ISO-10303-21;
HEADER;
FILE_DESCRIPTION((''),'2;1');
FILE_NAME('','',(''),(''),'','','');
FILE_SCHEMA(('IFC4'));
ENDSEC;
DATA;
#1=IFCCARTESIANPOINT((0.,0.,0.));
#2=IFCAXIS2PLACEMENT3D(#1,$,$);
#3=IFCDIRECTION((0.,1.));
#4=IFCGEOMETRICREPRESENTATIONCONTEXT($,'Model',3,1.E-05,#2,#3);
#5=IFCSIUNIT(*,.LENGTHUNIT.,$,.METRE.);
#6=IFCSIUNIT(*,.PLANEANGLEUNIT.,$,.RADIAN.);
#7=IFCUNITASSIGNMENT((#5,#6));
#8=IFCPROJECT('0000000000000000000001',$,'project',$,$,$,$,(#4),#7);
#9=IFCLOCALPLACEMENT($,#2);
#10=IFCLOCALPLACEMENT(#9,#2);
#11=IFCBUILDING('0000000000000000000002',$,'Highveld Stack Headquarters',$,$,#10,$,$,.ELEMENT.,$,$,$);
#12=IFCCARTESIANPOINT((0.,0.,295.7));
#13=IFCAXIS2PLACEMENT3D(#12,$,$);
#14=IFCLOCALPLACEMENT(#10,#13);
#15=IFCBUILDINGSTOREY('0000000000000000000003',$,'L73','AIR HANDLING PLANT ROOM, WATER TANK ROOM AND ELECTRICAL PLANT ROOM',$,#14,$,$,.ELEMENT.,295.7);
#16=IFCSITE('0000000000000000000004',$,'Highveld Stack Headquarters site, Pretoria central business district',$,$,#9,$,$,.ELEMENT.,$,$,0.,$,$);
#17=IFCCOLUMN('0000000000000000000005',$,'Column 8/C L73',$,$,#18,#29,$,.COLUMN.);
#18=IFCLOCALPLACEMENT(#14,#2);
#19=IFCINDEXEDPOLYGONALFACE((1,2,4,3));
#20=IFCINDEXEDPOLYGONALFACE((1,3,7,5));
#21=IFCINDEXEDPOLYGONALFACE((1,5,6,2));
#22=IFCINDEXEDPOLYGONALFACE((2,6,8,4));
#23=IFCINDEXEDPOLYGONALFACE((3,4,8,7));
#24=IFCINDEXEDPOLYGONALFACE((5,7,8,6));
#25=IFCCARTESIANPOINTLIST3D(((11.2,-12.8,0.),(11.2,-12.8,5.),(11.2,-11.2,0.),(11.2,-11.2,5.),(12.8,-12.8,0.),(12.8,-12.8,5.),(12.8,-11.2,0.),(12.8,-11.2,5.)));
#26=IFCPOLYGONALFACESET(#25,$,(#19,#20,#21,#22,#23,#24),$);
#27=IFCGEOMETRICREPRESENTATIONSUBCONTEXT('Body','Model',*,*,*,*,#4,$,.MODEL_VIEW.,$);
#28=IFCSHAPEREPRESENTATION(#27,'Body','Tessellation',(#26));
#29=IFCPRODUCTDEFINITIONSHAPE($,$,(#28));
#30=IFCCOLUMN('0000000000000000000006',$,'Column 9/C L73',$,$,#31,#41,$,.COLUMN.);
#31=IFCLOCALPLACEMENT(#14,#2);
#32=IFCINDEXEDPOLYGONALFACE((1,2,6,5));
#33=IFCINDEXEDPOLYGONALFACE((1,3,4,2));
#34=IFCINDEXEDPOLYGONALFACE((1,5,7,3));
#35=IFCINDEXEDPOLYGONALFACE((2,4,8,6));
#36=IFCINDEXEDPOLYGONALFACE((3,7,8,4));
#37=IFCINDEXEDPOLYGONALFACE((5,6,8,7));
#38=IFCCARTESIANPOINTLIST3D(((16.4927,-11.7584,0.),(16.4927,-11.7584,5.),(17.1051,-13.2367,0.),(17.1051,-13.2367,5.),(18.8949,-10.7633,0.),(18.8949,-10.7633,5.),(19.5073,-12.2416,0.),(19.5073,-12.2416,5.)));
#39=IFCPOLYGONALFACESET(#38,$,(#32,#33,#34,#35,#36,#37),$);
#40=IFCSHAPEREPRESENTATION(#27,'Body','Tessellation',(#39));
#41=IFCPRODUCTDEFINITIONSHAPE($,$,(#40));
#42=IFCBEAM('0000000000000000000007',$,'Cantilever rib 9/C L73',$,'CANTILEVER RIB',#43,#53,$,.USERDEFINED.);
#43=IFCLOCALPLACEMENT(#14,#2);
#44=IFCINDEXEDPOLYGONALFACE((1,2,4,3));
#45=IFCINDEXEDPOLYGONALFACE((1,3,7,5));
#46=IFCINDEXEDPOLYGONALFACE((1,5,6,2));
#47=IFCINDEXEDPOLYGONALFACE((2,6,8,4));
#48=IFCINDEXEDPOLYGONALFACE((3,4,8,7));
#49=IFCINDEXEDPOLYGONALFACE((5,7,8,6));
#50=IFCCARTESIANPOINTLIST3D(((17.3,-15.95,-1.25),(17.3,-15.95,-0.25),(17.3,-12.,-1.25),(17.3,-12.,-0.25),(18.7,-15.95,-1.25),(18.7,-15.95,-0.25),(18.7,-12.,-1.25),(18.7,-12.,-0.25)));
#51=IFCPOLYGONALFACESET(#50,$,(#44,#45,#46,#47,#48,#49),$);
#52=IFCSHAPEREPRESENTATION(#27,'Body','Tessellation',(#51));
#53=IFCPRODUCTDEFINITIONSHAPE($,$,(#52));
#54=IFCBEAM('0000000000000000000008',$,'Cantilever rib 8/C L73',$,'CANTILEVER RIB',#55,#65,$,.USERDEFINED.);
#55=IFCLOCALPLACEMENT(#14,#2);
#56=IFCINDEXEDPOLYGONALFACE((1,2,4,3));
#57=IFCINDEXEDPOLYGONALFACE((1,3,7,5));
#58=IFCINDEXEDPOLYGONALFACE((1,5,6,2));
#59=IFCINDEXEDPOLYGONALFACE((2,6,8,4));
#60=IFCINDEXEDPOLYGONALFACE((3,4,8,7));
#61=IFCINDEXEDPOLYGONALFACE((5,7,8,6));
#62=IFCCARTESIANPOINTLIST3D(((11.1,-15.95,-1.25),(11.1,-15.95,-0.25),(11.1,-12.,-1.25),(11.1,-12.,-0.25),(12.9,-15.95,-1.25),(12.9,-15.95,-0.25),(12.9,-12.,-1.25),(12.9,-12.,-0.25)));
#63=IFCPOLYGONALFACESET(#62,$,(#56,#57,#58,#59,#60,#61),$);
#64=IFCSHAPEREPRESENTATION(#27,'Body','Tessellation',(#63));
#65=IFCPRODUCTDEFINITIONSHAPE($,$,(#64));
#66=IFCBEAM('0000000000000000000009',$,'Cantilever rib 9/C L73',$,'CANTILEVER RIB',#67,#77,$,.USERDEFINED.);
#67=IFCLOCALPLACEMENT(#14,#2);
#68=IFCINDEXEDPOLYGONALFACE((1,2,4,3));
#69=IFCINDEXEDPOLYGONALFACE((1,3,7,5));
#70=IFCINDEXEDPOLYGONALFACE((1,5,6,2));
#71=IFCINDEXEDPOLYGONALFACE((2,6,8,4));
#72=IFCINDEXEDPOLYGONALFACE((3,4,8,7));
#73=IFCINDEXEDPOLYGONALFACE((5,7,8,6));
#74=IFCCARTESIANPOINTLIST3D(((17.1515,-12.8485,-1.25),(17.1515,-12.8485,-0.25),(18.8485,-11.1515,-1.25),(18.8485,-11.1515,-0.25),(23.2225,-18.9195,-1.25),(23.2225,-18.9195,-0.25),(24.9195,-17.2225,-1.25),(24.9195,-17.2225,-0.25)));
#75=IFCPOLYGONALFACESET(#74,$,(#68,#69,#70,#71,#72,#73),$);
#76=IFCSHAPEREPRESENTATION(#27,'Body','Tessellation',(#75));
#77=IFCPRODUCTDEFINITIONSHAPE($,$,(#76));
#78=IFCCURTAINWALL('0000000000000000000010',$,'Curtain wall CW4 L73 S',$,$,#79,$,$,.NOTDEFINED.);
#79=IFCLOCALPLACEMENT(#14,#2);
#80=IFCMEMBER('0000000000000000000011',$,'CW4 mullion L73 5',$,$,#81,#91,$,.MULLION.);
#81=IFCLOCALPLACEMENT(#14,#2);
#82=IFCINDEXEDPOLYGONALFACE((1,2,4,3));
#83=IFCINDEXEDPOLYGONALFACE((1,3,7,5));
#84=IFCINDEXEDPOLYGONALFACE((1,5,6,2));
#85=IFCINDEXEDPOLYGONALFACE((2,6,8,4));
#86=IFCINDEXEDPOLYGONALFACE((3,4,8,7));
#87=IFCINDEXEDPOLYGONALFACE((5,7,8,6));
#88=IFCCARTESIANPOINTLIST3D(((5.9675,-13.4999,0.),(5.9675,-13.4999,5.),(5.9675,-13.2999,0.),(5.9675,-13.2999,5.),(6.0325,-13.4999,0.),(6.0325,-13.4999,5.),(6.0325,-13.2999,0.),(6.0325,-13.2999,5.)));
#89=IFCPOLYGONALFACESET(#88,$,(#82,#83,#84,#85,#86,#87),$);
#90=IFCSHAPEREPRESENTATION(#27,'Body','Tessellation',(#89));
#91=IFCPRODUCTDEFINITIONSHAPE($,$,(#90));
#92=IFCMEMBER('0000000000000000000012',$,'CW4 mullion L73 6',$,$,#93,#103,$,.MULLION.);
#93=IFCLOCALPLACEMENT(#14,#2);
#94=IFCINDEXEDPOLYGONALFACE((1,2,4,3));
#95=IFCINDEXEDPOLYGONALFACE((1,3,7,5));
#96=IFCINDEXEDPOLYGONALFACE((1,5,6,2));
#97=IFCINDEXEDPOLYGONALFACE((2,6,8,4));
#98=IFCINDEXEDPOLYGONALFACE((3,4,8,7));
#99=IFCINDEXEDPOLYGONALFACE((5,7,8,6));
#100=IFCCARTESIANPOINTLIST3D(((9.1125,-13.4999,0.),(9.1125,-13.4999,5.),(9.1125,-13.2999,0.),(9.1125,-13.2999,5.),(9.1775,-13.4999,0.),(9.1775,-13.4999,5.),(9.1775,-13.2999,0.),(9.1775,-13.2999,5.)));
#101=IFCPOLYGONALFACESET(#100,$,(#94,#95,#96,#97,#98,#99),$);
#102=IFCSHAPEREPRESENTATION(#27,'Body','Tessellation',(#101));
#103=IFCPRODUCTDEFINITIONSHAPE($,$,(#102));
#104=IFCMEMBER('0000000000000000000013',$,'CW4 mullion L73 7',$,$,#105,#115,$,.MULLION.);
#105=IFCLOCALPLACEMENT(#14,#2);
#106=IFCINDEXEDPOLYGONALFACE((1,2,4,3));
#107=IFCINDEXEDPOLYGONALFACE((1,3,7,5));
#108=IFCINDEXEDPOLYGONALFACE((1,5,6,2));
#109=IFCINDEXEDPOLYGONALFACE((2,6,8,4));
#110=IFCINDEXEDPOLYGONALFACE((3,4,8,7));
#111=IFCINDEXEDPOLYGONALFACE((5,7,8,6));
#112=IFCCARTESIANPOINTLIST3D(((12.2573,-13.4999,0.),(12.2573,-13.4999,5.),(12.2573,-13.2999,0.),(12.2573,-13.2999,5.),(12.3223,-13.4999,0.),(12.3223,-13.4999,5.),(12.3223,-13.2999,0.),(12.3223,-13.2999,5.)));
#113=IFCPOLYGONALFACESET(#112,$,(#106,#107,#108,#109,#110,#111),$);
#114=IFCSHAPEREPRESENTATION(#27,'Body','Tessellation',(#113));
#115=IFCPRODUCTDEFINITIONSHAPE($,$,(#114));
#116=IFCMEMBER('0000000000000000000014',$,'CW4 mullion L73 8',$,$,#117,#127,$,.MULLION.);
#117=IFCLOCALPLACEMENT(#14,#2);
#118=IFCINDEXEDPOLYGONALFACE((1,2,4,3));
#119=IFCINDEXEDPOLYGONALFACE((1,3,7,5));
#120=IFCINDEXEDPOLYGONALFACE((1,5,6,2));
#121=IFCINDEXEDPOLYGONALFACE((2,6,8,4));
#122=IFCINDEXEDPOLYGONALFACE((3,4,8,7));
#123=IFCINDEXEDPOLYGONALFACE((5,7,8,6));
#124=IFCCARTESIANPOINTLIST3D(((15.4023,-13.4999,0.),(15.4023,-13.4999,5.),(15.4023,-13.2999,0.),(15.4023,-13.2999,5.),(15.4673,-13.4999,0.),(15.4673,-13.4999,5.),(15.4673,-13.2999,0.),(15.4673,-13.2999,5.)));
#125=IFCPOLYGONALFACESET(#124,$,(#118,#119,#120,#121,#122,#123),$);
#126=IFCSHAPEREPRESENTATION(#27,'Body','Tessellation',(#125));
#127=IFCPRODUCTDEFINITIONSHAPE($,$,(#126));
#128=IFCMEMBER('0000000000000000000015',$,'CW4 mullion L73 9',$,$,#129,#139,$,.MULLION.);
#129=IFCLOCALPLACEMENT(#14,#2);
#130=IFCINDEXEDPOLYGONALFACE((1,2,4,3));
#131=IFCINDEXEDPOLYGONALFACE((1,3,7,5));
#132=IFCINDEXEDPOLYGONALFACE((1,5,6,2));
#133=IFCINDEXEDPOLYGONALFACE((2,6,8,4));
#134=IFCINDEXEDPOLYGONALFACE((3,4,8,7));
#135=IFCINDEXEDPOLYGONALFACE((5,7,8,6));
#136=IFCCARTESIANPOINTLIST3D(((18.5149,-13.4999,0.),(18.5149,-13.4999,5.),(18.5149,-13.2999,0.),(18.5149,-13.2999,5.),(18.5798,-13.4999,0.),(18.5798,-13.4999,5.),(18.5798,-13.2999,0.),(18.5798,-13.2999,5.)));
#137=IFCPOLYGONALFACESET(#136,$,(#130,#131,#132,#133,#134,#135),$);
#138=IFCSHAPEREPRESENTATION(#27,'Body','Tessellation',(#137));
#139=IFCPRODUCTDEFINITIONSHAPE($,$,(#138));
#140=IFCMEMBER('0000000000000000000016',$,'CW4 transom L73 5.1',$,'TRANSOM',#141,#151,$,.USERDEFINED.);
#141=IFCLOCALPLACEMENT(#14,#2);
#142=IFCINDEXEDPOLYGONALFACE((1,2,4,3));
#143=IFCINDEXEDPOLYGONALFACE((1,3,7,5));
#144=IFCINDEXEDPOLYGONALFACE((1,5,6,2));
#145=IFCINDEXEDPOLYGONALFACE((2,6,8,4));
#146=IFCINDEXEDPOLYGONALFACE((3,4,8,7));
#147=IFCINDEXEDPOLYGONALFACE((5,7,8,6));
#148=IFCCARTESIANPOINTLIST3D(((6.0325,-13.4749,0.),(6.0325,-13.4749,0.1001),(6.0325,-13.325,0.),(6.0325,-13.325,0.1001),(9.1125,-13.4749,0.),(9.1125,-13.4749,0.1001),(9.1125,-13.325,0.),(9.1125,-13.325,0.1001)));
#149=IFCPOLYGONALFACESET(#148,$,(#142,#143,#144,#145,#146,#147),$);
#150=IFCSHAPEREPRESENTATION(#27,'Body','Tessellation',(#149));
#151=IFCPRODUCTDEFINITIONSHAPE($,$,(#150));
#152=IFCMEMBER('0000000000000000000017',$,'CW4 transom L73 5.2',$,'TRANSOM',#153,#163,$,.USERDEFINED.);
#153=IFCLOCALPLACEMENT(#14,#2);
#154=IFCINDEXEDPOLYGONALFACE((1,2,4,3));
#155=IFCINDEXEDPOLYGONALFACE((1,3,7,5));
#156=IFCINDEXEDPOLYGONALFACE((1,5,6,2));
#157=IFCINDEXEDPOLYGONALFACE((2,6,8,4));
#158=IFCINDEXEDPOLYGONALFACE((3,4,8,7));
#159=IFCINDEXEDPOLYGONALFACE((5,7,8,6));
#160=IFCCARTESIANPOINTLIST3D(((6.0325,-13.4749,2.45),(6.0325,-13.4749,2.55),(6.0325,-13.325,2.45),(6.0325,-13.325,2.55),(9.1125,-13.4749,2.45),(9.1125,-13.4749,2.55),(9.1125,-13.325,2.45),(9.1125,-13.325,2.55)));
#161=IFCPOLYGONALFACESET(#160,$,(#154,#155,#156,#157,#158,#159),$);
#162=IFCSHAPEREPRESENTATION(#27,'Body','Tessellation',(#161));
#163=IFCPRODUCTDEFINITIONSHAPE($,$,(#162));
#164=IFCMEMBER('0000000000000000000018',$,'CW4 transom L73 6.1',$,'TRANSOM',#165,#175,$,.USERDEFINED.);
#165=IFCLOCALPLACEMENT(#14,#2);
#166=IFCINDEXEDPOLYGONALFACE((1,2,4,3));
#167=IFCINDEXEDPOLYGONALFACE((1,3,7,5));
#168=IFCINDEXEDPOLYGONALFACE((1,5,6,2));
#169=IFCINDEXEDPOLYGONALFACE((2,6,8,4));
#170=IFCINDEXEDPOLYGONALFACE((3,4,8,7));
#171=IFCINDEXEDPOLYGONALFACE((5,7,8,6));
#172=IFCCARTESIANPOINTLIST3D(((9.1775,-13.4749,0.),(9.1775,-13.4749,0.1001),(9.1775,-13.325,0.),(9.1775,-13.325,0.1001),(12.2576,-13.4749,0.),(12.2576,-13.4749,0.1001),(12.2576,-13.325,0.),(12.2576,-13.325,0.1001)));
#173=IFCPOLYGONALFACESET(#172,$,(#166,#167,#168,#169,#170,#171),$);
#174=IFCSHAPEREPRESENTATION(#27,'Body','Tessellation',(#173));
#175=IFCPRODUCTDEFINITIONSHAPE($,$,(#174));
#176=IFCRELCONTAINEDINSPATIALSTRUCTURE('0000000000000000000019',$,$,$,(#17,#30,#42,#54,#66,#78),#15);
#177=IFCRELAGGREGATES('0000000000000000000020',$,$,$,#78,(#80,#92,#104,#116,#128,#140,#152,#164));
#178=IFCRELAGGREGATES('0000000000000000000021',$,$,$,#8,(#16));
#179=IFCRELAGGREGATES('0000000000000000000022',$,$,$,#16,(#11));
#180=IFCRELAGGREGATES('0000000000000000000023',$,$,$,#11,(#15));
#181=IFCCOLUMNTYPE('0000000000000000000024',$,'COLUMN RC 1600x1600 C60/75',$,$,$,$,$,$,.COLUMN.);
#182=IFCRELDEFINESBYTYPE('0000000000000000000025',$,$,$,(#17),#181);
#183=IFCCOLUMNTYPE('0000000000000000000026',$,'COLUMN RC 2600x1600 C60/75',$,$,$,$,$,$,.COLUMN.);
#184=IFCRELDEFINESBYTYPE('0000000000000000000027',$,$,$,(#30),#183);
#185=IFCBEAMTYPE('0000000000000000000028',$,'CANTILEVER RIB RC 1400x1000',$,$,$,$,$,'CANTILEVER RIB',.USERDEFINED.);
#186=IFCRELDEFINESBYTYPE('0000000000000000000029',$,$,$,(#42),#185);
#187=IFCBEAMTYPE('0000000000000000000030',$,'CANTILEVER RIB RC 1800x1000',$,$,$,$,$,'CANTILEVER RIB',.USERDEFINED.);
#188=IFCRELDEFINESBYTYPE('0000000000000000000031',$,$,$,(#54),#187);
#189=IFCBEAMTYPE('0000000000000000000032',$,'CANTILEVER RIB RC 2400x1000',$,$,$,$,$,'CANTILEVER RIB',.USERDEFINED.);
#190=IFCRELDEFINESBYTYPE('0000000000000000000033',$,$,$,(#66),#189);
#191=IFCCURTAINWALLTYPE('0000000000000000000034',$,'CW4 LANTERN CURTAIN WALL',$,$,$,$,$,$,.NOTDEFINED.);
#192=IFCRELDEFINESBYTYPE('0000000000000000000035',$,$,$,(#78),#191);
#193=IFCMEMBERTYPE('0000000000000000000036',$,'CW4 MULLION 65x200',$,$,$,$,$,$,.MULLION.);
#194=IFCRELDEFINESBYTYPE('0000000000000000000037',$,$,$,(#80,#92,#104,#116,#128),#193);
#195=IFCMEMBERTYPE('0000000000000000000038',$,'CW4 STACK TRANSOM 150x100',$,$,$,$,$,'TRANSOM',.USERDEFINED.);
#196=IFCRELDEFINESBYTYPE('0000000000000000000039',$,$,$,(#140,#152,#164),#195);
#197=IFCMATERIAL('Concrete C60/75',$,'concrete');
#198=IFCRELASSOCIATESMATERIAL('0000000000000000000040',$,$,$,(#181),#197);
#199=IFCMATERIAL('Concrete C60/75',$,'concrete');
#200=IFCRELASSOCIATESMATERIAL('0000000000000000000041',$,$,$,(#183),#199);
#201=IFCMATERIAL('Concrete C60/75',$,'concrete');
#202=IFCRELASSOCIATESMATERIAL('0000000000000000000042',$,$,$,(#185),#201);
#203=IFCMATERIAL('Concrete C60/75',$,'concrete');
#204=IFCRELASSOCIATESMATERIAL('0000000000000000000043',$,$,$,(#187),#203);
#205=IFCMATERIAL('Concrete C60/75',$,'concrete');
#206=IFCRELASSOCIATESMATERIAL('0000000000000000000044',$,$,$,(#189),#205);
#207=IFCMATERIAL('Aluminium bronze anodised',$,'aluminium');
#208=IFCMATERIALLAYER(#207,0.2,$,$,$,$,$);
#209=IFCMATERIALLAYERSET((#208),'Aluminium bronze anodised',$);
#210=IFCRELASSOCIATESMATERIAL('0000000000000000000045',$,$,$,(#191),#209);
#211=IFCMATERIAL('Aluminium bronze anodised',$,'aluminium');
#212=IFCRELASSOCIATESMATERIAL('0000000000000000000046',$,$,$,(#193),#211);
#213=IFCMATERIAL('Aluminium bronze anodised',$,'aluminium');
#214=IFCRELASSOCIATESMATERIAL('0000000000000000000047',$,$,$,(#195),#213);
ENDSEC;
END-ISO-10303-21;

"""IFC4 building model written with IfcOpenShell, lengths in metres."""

from ifc_helpers import new_model, si_unit, direction, frame, origin, origin_2d, place, context, subcontext, project, spatial, rectangle, extrude, material, layer, layer_set, material_profile, profile_set, type_object, element, aggregate, save


model = new_model("IFC4")

# Units and contexts
model_context = context("Model", 3, precision=1e-05, world=origin(), true_north=direction((0.0, 1.0)))
body_context = subcontext(model_context, "Body", "Model", "MODEL_VIEW")
ifc_project = project(units=[si_unit("LENGTHUNIT", "METRE"), si_unit("PLANEANGLEUNIT", "RADIAN")], contexts=[model_context])

# Site, building, storey
site_placement = place(None, origin())
site = spatial("IfcSite", under=ifc_project, at=site_placement, Name="Highveld Stack Headquarters site, Pretoria central business district", CompositionType="ELEMENT", RefElevation=0.0)
building_placement = place(site_placement, origin())
building = spatial("IfcBuilding", under=site, at=building_placement, Name="Highveld Stack Headquarters", CompositionType="ELEMENT")
storey_placement = place(building_placement, frame((0.0, 0.0, 295.7)))
storey = spatial("IfcBuildingStorey", under=building, at=storey_placement, Name="L73", Description="AIR HANDLING PLANT ROOM, WATER TANK ROOM AND ELECTRICAL PLANT ROOM", CompositionType="ELEMENT", Elevation=295.7)

# Columns
ifc_material_1 = material(Name="Concrete C60/75", Category="concrete")
ifc_material_profile_1 = material_profile(ifc_material_1, rectangle(XDim=1.6001, YDim=1.6001, at=origin_2d()), Name="RC 1600x1600")
ifc_profile_set_1 = profile_set([ifc_material_profile_1], Name="Concrete C60/75")
column_type_1 = type_object("IfcColumnType", Name="COLUMN RC 1600x1600 C60/75", PredefinedType="COLUMN", material=ifc_profile_set_1)
column_1_placement = place(storey_placement, frame((12.0, -12.0, 0.0), z_axis=(0.0, 0.0, 1.0), x_axis=(1.0, 0.0, 0.0)))
element("IfcColumn", 1, at=column_1_placement, inside=storey, type_object=column_type_1, Name="Column 8/C L73", PredefinedType="COLUMN", context=body_context, shape_type="SweptSolid", body=[
    extrude(rectangle(XDim=1.6001, YDim=1.6001, at=origin_2d()), origin(), (0.0, 0.0, 1.0), 5.0),
])
ifc_material_2 = material(Name="Concrete C60/75", Category="concrete")
ifc_material_profile_2 = material_profile(ifc_material_2, rectangle(XDim=2.6001, YDim=1.6001, at=origin_2d()), Name="RC 2600x1600")
ifc_profile_set_2 = profile_set([ifc_material_profile_2], Name="Concrete C60/75")
column_type_2 = type_object("IfcColumnType", Name="COLUMN RC 2600x1600 C60/75", PredefinedType="COLUMN", material=ifc_profile_set_2)
column_2_placement = place(storey_placement, frame((18.0, -12.0, 0.0), z_axis=(0.0, 0.0, 1.0), x_axis=(-0.92388, -0.382683, 0.0)))
element("IfcColumn", 2, at=column_2_placement, inside=storey, type_object=column_type_2, Name="Column 9/C L73", PredefinedType="COLUMN", context=body_context, shape_type="SweptSolid", body=[
    extrude(rectangle(XDim=2.6001, YDim=1.6001, at=origin_2d()), origin(), (0.0, 0.0, 1.0), 5.0),
])

# Beams
ifc_material_3 = material(Name="Concrete C60/75", Category="concrete")
ifc_material_profile_3 = material_profile(ifc_material_3, rectangle(XDim=1.3999, YDim=1.0, at=origin_2d()), Name="RC 1400x1000")
ifc_profile_set_3 = profile_set([ifc_material_profile_3], Name="Concrete C60/75")
beam_type_1 = type_object("IfcBeamType", Name="CANTILEVER RIB RC 1400x1000", ElementType="CANTILEVER RIB", PredefinedType="USERDEFINED", material=ifc_profile_set_3)
beam_1_placement = place(storey_placement, frame((18.0, -12.0, -0.75), z_axis=(0.0, -1.0, 0.0), x_axis=(1.0, 0.0, 0.0)))
element("IfcBeam", 3, at=beam_1_placement, inside=storey, type_object=beam_type_1, Name="Cantilever rib 9/C L73", ObjectType="CANTILEVER RIB", PredefinedType="USERDEFINED", context=body_context, shape_type="SweptSolid", body=[
    extrude(rectangle(XDim=1.3999, YDim=1.0, at=origin_2d()), origin(), (0.0, 0.0, 1.0), 3.95),
])
ifc_material_4 = material(Name="Concrete C60/75", Category="concrete")
ifc_material_profile_4 = material_profile(ifc_material_4, rectangle(XDim=1.8, YDim=1.0, at=origin_2d()), Name="RC 1800x1000")
ifc_profile_set_4 = profile_set([ifc_material_profile_4], Name="Concrete C60/75")
beam_type_2 = type_object("IfcBeamType", Name="CANTILEVER RIB RC 1800x1000", ElementType="CANTILEVER RIB", PredefinedType="USERDEFINED", material=ifc_profile_set_4)
beam_2_placement = place(storey_placement, frame((12.0, -12.0, -0.75), z_axis=(0.0, -1.0, 0.0), x_axis=(1.0, 0.0, 0.0)))
element("IfcBeam", 4, at=beam_2_placement, inside=storey, type_object=beam_type_2, Name="Cantilever rib 8/C L73", ObjectType="CANTILEVER RIB", PredefinedType="USERDEFINED", context=body_context, shape_type="SweptSolid", body=[
    extrude(rectangle(XDim=1.8, YDim=1.0, at=origin_2d()), origin(), (0.0, 0.0, 1.0), 3.95),
])
ifc_material_5 = material(Name="Concrete C60/75", Category="concrete")
ifc_material_profile_5 = material_profile(ifc_material_5, rectangle(XDim=2.3999, YDim=1.0, at=origin_2d()), Name="RC 2400x1000")
ifc_profile_set_5 = profile_set([ifc_material_profile_5], Name="Concrete C60/75")
beam_type_3 = type_object("IfcBeamType", Name="CANTILEVER RIB RC 2400x1000", ElementType="CANTILEVER RIB", PredefinedType="USERDEFINED", material=ifc_profile_set_5)
beam_3_placement = place(storey_placement, frame((18.0, -12.0, -0.75), z_axis=(0.707107, -0.707107, 0.0), x_axis=(0.707107, 0.707107, 0.0)))
element("IfcBeam", 5, at=beam_3_placement, inside=storey, type_object=beam_type_3, Name="Cantilever rib 9/C L73", ObjectType="CANTILEVER RIB", PredefinedType="USERDEFINED", context=body_context, shape_type="SweptSolid", body=[
    extrude(rectangle(XDim=2.3999, YDim=1.0, at=origin_2d()), origin(), (0.0, 0.0, 1.0), 8.5857),
])

# Curtain wall, members
ifc_material_6 = material(Name="Aluminium bronze anodised", Category="aluminium")
ifc_layer_1 = layer(ifc_material_6, 0.2)
ifc_layer_set_1 = layer_set([ifc_layer_1], Name="Aluminium bronze anodised")
curtain_wall_type = type_object("IfcCurtainWallType", Name="CW4 LANTERN CURTAIN WALL", PredefinedType="NOTDEFINED", material=ifc_layer_set_1)
curtain_wall_1_placement = place(storey_placement, origin())
curtain_wall_1 = element("IfcCurtainWall", 6, at=curtain_wall_1_placement, inside=storey, type_object=curtain_wall_type, Name="Curtain wall CW4 L73 S", PredefinedType="NOTDEFINED")
ifc_material_7 = material(Name="Aluminium bronze anodised", Category="aluminium")
ifc_material_profile_6 = material_profile(ifc_material_7, rectangle(XDim=0.2, YDim=0.0649, at=origin_2d()), Name="CW4 MULLION 65x200")
ifc_profile_set_6 = profile_set([ifc_material_profile_6], Name="Aluminium bronze anodised")
member_type_1 = type_object("IfcMemberType", Name="CW4 MULLION 65x200", PredefinedType="MULLION", material=ifc_profile_set_6)
member_1_placement = place(storey_placement, frame((6.0, -13.3999, 0.0), z_axis=(0.0, 0.0, 1.0), x_axis=(0.0, 1.0, 0.0)))
member_1 = element("IfcMember", 7, at=member_1_placement, type_object=member_type_1, Name="CW4 mullion L73 5", PredefinedType="MULLION", context=body_context, shape_type="SweptSolid", body=[
    extrude(rectangle(XDim=0.2, YDim=0.0649, at=origin_2d()), origin(), (0.0, 0.0, 1.0), 5.0),
])
member_2_placement = place(storey_placement, frame((9.145, -13.3999, 0.0), z_axis=(0.0, 0.0, 1.0), x_axis=(0.0, 1.0, 0.0)))
member_2 = element("IfcMember", 8, at=member_2_placement, type_object=member_type_1, Name="CW4 mullion L73 6", PredefinedType="MULLION", context=body_context, shape_type="SweptSolid", body=[
    extrude(rectangle(XDim=0.2, YDim=0.0649, at=origin_2d()), origin(), (0.0, 0.0, 1.0), 5.0),
])
member_3_placement = place(storey_placement, frame((12.2898, -13.3999, 0.0), z_axis=(0.0, 0.0, 1.0), x_axis=(0.0, 1.0, 0.0)))
member_3 = element("IfcMember", 9, at=member_3_placement, type_object=member_type_1, Name="CW4 mullion L73 7", PredefinedType="MULLION", context=body_context, shape_type="SweptSolid", body=[
    extrude(rectangle(XDim=0.2, YDim=0.0649, at=origin_2d()), origin(), (0.0, 0.0, 1.0), 5.0),
])
member_4_placement = place(storey_placement, frame((15.4348, -13.3999, 0.0), z_axis=(0.0, 0.0, 1.0), x_axis=(0.0, 1.0, 0.0)))
member_4 = element("IfcMember", 10, at=member_4_placement, type_object=member_type_1, Name="CW4 mullion L73 8", PredefinedType="MULLION", context=body_context, shape_type="SweptSolid", body=[
    extrude(rectangle(XDim=0.2, YDim=0.0649, at=origin_2d()), origin(), (0.0, 0.0, 1.0), 5.0),
])
member_5_placement = place(storey_placement, frame((18.5474, -13.3999, 0.0), z_axis=(0.0, 0.0, 1.0), x_axis=(0.0, 1.0, 0.0)))
member_5 = element("IfcMember", 11, at=member_5_placement, type_object=member_type_1, Name="CW4 mullion L73 9", PredefinedType="MULLION", context=body_context, shape_type="SweptSolid", body=[
    extrude(rectangle(XDim=0.2, YDim=0.0649, at=origin_2d()), origin(), (0.0, 0.0, 1.0), 5.0),
])
ifc_material_8 = material(Name="Aluminium bronze anodised", Category="aluminium")
ifc_material_profile_7 = material_profile(ifc_material_8, rectangle(XDim=0.1499, YDim=0.1001, at=origin_2d()), Name="CW4 TRANSOM 150x100")
ifc_profile_set_7 = profile_set([ifc_material_profile_7], Name="Aluminium bronze anodised")
member_type_2 = type_object("IfcMemberType", Name="CW4 STACK TRANSOM 150x100", ElementType="TRANSOM", PredefinedType="USERDEFINED", material=ifc_profile_set_7)
member_6_placement = place(storey_placement, frame((6.0325, -13.3999, 0.05), z_axis=(1.0, 0.0, 0.0), x_axis=(0.0, 1.0, 0.0)))
member_6 = element("IfcMember", 12, at=member_6_placement, type_object=member_type_2, Name="CW4 transom L73 5.1", ObjectType="TRANSOM", PredefinedType="USERDEFINED", context=body_context, shape_type="SweptSolid", body=[
    extrude(rectangle(XDim=0.1499, YDim=0.1001, at=origin_2d()), origin(), (0.0, 0.0, 1.0), 3.0801),
])
member_7_placement = place(storey_placement, frame((6.0325, -13.3999, 2.5), z_axis=(1.0, 0.0, 0.0), x_axis=(0.0, 1.0, 0.0)))
member_7 = element("IfcMember", 13, at=member_7_placement, type_object=member_type_2, Name="CW4 transom L73 5.2", ObjectType="TRANSOM", PredefinedType="USERDEFINED", context=body_context, shape_type="SweptSolid", body=[
    extrude(rectangle(XDim=0.1499, YDim=0.1001, at=origin_2d()), origin(), (0.0, 0.0, 1.0), 3.0801),
])
member_8_placement = place(storey_placement, frame((9.1775, -13.3999, 0.05), z_axis=(1.0, 0.0, 0.0), x_axis=(0.0, 1.0, 0.0)))
member_8 = element("IfcMember", 14, at=member_8_placement, type_object=member_type_2, Name="CW4 transom L73 6.1", ObjectType="TRANSOM", PredefinedType="USERDEFINED", context=body_context, shape_type="SweptSolid", body=[
    extrude(rectangle(XDim=0.1499, YDim=0.1001, at=origin_2d()), origin(), (0.0, 0.0, 1.0), 3.0801),
])

aggregate(curtain_wall_1, [member_1, member_2, member_3, member_4, member_5, member_6, member_7, member_8])

save(model, "model.ifc")
